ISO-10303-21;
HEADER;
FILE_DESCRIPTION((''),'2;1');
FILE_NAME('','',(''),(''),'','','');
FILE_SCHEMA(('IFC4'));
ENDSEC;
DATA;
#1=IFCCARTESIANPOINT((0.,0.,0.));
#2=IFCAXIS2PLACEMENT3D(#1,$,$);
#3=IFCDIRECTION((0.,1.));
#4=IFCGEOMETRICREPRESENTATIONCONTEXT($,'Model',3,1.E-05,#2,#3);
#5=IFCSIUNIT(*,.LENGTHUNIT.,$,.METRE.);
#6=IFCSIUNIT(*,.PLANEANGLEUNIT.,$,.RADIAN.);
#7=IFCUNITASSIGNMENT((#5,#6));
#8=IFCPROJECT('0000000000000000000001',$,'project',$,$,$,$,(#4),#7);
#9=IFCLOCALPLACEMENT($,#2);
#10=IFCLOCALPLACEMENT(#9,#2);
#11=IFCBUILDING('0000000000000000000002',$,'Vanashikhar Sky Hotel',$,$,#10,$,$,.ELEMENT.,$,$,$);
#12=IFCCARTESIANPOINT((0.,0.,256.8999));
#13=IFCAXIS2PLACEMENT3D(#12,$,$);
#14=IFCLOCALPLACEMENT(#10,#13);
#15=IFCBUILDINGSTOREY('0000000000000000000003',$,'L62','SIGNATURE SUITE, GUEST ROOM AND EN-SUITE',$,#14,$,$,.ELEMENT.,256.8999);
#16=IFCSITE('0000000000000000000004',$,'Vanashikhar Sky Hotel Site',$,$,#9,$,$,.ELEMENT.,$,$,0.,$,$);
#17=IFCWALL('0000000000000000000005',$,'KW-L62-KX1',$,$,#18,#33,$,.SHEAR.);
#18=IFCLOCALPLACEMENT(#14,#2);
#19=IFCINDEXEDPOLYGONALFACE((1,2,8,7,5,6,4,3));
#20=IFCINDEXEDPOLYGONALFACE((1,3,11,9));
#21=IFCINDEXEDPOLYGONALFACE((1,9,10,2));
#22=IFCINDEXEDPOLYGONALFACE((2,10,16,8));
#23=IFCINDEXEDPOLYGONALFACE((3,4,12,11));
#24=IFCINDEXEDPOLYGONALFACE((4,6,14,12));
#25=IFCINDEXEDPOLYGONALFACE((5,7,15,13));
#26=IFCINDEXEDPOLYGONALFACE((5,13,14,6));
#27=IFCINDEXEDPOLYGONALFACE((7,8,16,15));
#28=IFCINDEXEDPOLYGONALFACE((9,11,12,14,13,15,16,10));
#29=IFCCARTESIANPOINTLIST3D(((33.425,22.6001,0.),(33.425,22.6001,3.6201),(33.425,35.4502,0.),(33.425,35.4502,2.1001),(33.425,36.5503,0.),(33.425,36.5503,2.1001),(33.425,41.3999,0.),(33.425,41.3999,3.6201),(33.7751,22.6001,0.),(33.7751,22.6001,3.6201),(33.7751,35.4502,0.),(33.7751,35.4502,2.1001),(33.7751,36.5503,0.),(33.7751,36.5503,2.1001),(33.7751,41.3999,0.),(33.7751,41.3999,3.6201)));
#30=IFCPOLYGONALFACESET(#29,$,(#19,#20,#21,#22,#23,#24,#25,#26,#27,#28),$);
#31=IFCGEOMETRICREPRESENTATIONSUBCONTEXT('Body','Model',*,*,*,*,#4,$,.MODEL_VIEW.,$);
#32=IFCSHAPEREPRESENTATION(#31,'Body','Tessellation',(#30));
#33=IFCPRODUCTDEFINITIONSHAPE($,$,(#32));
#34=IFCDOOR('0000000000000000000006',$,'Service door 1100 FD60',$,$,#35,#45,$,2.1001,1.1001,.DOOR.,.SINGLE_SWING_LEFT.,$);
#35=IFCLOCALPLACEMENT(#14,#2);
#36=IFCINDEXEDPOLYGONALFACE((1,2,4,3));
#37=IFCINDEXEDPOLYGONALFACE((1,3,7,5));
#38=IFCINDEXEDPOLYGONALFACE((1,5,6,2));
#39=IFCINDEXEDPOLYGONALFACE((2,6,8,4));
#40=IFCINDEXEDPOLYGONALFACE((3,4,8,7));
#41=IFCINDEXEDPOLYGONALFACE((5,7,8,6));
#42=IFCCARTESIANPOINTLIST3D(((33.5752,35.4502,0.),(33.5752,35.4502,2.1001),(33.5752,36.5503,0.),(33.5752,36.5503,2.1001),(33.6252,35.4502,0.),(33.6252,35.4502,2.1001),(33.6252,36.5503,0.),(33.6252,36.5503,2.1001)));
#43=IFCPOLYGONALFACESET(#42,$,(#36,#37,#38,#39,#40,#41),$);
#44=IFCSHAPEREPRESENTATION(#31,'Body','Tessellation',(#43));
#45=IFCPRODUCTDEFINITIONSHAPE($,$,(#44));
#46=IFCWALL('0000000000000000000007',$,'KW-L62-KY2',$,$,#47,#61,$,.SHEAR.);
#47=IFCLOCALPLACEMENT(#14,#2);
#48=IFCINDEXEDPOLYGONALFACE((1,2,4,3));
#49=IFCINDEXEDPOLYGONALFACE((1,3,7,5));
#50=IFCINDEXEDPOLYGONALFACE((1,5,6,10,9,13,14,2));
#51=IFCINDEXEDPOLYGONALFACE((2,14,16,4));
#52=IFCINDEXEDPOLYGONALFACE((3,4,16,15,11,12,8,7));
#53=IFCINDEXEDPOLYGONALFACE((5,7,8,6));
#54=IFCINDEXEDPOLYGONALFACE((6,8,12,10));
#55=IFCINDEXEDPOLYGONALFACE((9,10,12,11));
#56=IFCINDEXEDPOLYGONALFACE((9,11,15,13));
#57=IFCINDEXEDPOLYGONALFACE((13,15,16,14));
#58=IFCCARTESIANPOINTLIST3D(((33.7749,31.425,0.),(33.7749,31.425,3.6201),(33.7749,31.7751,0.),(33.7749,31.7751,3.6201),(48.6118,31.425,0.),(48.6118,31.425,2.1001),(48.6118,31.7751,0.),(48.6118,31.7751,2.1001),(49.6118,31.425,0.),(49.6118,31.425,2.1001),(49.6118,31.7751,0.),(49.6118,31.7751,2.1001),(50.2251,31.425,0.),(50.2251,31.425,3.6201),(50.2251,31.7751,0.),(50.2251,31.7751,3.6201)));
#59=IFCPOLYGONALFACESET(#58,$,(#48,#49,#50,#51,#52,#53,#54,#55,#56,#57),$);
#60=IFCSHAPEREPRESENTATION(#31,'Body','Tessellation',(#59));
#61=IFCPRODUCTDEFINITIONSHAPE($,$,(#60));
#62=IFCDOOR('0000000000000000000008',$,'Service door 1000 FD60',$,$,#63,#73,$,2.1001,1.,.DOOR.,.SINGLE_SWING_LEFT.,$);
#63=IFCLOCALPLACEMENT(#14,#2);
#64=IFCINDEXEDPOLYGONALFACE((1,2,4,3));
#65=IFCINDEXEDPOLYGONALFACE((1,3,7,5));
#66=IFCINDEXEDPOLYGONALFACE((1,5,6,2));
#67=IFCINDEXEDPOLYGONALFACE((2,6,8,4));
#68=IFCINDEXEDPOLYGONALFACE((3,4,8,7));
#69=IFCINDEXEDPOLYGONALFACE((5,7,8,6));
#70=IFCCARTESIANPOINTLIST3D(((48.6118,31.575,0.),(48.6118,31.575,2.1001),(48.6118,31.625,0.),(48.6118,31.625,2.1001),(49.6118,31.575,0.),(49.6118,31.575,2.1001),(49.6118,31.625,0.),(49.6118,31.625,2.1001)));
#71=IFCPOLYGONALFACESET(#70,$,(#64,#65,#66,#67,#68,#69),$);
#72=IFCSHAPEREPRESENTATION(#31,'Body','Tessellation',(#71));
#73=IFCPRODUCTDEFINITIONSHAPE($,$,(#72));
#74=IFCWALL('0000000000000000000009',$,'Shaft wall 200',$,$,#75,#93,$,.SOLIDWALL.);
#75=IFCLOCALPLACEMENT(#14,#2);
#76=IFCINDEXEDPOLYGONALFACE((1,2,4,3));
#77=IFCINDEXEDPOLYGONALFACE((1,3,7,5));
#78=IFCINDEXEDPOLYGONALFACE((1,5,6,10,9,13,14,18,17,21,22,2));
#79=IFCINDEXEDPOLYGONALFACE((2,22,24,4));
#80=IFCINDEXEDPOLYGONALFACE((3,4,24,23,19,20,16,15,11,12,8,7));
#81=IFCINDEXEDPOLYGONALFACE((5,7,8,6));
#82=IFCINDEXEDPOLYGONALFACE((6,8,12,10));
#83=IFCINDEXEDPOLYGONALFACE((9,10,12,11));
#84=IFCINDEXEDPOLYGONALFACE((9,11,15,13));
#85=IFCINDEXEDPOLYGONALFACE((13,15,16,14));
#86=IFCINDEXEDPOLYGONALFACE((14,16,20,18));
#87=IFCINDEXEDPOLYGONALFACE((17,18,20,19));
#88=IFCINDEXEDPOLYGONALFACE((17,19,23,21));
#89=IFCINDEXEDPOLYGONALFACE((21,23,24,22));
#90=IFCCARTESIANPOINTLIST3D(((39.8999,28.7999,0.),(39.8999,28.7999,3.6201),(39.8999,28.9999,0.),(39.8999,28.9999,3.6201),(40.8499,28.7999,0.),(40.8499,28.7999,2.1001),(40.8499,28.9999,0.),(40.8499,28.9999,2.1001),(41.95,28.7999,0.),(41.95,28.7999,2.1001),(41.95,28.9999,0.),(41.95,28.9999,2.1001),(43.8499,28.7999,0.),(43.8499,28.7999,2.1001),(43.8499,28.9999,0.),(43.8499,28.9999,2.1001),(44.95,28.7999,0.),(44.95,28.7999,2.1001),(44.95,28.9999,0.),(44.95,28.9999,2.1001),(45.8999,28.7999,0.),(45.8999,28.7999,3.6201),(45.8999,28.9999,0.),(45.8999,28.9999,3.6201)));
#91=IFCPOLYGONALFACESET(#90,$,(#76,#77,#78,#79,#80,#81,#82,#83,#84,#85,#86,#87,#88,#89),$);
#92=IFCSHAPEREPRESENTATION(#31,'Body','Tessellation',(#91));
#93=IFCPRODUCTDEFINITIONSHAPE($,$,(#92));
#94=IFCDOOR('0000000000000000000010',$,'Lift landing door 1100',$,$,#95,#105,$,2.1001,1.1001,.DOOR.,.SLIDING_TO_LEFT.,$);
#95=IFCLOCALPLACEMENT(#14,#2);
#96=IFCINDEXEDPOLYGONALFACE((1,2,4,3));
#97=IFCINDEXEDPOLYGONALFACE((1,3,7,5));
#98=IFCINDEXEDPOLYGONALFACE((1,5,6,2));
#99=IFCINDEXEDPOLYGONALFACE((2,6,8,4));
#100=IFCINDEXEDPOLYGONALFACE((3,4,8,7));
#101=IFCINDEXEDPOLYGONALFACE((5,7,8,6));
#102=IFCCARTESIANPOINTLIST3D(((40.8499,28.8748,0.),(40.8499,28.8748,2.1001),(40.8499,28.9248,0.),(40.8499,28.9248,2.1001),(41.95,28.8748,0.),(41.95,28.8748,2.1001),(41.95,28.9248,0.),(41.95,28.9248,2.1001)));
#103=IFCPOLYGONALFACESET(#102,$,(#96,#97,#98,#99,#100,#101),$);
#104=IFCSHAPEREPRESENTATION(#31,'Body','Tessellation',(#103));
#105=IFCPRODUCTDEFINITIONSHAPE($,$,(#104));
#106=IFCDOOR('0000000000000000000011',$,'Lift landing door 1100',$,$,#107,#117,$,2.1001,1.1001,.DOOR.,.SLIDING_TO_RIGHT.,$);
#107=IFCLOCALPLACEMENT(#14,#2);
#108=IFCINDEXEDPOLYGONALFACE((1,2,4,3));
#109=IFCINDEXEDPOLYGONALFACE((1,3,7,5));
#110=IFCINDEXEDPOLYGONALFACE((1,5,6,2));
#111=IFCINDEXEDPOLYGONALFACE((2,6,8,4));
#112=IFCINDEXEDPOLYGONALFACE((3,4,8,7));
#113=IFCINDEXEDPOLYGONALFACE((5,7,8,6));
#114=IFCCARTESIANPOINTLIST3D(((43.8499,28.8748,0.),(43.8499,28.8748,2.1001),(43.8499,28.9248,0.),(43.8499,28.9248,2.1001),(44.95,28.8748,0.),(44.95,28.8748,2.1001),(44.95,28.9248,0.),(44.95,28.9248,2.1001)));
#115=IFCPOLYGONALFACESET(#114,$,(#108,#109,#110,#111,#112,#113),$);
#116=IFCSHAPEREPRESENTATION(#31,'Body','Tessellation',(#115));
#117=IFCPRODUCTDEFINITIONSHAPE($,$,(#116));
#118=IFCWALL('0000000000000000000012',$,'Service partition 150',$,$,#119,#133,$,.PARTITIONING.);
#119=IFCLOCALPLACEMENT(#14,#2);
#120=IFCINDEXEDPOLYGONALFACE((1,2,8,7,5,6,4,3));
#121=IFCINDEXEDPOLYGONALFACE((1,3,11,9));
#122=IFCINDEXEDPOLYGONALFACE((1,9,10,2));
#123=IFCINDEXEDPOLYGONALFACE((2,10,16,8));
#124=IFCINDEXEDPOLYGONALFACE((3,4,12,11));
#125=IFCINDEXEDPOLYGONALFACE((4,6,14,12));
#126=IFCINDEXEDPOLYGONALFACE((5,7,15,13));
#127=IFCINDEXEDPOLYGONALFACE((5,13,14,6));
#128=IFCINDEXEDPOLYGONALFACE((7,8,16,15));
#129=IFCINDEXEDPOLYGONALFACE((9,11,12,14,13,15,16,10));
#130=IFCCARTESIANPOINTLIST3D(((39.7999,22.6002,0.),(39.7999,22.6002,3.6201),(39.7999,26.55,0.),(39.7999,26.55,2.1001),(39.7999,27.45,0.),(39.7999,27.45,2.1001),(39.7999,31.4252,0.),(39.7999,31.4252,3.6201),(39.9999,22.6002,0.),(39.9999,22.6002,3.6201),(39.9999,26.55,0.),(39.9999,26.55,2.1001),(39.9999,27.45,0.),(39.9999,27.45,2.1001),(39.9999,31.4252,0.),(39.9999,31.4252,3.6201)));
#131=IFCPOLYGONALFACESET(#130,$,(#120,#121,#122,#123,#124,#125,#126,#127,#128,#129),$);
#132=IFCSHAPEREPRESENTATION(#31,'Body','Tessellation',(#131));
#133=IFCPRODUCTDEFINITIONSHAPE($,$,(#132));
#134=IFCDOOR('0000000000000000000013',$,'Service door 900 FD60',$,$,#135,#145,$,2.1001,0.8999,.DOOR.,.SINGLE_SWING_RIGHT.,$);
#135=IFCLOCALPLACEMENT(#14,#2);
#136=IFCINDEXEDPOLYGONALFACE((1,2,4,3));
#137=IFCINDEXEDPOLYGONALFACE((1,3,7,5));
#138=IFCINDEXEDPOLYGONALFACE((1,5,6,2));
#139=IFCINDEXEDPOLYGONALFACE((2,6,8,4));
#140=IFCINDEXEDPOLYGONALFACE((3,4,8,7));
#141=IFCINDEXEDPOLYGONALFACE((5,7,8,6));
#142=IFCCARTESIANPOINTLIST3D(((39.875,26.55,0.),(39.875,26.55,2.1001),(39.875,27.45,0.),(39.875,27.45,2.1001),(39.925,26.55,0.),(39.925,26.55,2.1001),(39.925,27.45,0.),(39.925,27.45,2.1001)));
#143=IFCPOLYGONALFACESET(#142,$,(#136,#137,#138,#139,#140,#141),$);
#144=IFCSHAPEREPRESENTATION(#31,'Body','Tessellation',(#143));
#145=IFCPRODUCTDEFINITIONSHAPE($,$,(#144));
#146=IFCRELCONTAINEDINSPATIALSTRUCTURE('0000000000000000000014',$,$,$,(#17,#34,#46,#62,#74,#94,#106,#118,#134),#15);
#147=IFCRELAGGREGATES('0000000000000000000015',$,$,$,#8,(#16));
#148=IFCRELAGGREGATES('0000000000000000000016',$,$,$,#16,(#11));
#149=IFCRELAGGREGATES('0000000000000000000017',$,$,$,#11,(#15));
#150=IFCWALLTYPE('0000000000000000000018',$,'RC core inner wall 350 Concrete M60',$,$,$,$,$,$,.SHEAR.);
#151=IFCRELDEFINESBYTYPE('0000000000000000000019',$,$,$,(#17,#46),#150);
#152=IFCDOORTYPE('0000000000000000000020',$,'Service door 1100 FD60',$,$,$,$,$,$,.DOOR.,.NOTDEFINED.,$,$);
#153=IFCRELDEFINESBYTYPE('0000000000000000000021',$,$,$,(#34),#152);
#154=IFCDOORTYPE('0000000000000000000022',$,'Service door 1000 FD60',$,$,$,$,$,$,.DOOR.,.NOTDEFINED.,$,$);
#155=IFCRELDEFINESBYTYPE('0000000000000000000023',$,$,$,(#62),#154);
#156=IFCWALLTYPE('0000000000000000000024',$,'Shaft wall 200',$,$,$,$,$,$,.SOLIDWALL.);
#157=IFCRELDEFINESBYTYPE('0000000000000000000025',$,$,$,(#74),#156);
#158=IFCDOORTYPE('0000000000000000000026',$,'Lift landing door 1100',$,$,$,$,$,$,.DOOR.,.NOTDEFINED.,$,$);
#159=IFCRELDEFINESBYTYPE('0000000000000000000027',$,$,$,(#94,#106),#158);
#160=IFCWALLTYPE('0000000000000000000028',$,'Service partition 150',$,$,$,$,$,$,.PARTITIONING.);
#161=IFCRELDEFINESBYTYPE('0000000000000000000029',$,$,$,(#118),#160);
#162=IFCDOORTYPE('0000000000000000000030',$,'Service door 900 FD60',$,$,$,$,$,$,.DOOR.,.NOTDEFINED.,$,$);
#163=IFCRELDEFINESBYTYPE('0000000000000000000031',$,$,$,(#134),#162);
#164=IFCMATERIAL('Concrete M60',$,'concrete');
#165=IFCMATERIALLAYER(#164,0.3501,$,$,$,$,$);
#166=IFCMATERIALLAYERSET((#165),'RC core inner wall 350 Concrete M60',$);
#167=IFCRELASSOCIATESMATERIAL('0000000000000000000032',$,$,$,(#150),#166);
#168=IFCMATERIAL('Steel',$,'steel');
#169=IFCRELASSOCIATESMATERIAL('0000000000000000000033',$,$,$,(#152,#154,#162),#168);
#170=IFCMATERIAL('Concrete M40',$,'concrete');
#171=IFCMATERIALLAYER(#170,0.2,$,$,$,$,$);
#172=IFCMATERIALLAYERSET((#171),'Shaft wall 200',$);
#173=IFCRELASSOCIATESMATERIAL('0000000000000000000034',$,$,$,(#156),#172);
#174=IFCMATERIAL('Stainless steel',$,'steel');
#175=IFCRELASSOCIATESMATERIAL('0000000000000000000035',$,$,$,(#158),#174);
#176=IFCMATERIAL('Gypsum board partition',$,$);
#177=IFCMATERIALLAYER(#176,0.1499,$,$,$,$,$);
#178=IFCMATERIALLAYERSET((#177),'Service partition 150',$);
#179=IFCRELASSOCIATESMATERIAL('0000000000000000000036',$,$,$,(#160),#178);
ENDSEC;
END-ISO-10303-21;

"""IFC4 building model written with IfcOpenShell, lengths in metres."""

from ifc_helpers import new_model, si_unit, direction, frame, frame_2d, origin, place, context, subcontext, project, spatial, rectangle, extrude, source, transform, mapped, material, layer, layer_set, type_object, element, fill, save


model = new_model("IFC4")

# Units and contexts
model_context = context("Model", 3, precision=1e-05, world=origin(), true_north=direction((0.0, 1.0)))
body_context = subcontext(model_context, "Body", "Model", "MODEL_VIEW")
ifc_project = project(units=[si_unit("LENGTHUNIT", "METRE"), si_unit("PLANEANGLEUNIT", "RADIAN")], contexts=[model_context])

# Site, building, storey
site_placement = place(None, origin())
site = spatial("IfcSite", under=ifc_project, at=site_placement, Name="Vanashikhar Sky Hotel Site", CompositionType="ELEMENT", RefElevation=0.0)
building_placement = place(site_placement, origin())
building = spatial("IfcBuilding", under=site, at=building_placement, Name="Vanashikhar Sky Hotel", CompositionType="ELEMENT")
storey_placement = place(building_placement, frame((0.0, 0.0, 256.8999)))
storey = spatial("IfcBuildingStorey", under=building, at=storey_placement, Name="L62", Description="SIGNATURE SUITE, GUEST ROOM AND EN-SUITE", CompositionType="ELEMENT", Elevation=256.8999)

# Walls, openings, doors
ifc_material_1 = material(Name="Concrete M60", Category="concrete")
ifc_layer_1 = layer(ifc_material_1, 0.3501)
ifc_layer_set_1 = layer_set([ifc_layer_1], Name="RC core inner wall 350 Concrete M60")
wall_type_1 = type_object("IfcWallType", Name="RC core inner wall 350 Concrete M60", PredefinedType="SHEAR", material=ifc_layer_set_1)
shared_shape_1 = source(origin(), body_context, "Body", "SweptSolid", [
    extrude(rectangle(XDim=18.7998, YDim=0.3501, at=frame_2d((9.3999, 0.0))), origin(), (0.0, 0.0, 1.0), 3.6201),
])
wall_1_placement = place(storey_placement, frame((33.6001, 22.6001, 0.0), z_axis=(0.0, 0.0, 1.0), x_axis=(0.0, 1.0, 0.0)))
wall_1 = element("IfcWall", 1, at=wall_1_placement, inside=storey, type_object=wall_type_1, Name="KW-L62-KX1", PredefinedType="SHEAR", context=body_context, shape_type="MappedRepresentation", body=[
    mapped(shared_shape_1, transform((0.0, 0.0, 0.0), scale=1.0)),
])
shared_shape_2 = source(origin(), body_context, "Body", "SweptSolid", [
    extrude(rectangle(XDim=1.1001, YDim=2.1001, at=frame_2d((0.55, 1.05))), frame((0.0, 0.1851, 0.0), z_axis=(0.0, -1.0, 0.0), x_axis=(1.0, 0.0, 0.0)), (0.0, 0.0, 1.0), 0.3701),
])
opening_1_placement = place(wall_1_placement, frame((12.8501, 0.0, 0.0)))
opening_1 = element("IfcOpeningElement", 2, at=opening_1_placement, cuts=wall_1, PredefinedType="OPENING", context=body_context, shape_type="MappedRepresentation", body=[
    mapped(shared_shape_2, transform((0.0, 0.0, 0.0), scale=1.0)),
])
ifc_material_2 = material(Name="Steel", Category="steel")
door_type_1 = type_object("IfcDoorType", Name="Service door 1100 FD60", OperationType="NOTDEFINED", PredefinedType="DOOR", material=ifc_material_2)
shared_shape_3 = source(origin(), body_context, "Body", "SweptSolid", [
    extrude(rectangle(XDim=1.1001, YDim=2.1001, at=frame_2d((0.55, 1.05))), frame((0.0, 0.0249, 0.0), z_axis=(0.0, -1.0, 0.0), x_axis=(1.0, 0.0, 0.0)), (0.0, 0.0, 1.0), 0.05),
])
door_1_placement = place(opening_1_placement, origin())
door_1 = element("IfcDoor", 3, at=door_1_placement, inside=storey, type_object=door_type_1, Name="Service door 1100 FD60", OperationType="SINGLE_SWING_LEFT", OverallHeight=2.1001, OverallWidth=1.1001, PredefinedType="DOOR", context=body_context, shape_type="MappedRepresentation", body=[
    mapped(shared_shape_3, transform((0.0, 0.0, 0.0), scale=1.0)),
])
fill(opening_1, door_1)
shared_shape_4 = source(origin(), body_context, "Body", "SweptSolid", [
    extrude(rectangle(XDim=16.4502, YDim=0.3501, at=frame_2d((8.2251, 0.0))), origin(), (0.0, 0.0, 1.0), 3.6201),
])
wall_2_placement = place(storey_placement, frame((33.7749, 31.6001, 0.0), z_axis=(0.0, 0.0, 1.0), x_axis=(1.0, 0.0, 0.0)))
wall_2 = element("IfcWall", 4, at=wall_2_placement, inside=storey, type_object=wall_type_1, Name="KW-L62-KY2", PredefinedType="SHEAR", context=body_context, shape_type="MappedRepresentation", body=[
    mapped(shared_shape_4, transform((0.0, 0.0, 0.0), scale=1.0)),
])
shared_shape_5 = source(origin(), body_context, "Body", "SweptSolid", [
    extrude(rectangle(XDim=1.0, YDim=2.1001, at=frame_2d((0.5, 1.05))), frame((0.0, 0.1851, 0.0), z_axis=(0.0, -1.0, 0.0), x_axis=(1.0, 0.0, 0.0)), (0.0, 0.0, 1.0), 0.3701),
])
opening_2_placement = place(wall_2_placement, frame((14.8369, 0.0, 0.0)))
opening_2 = element("IfcOpeningElement", 5, at=opening_2_placement, cuts=wall_2, PredefinedType="OPENING", context=body_context, shape_type="MappedRepresentation", body=[
    mapped(shared_shape_5, transform((0.0, 0.0, 0.0), scale=1.0)),
])
door_type_2 = type_object("IfcDoorType", Name="Service door 1000 FD60", OperationType="NOTDEFINED", PredefinedType="DOOR", material=ifc_material_2)
shared_shape_6 = source(origin(), body_context, "Body", "SweptSolid", [
    extrude(rectangle(XDim=1.0, YDim=2.1001, at=frame_2d((0.5, 1.05))), frame((0.0, 0.0249, 0.0), z_axis=(0.0, -1.0, 0.0), x_axis=(1.0, 0.0, 0.0)), (0.0, 0.0, 1.0), 0.05),
])
door_2_placement = place(opening_2_placement, origin())
door_2 = element("IfcDoor", 6, at=door_2_placement, inside=storey, type_object=door_type_2, Name="Service door 1000 FD60", OperationType="SINGLE_SWING_LEFT", OverallHeight=2.1001, OverallWidth=1.0, PredefinedType="DOOR", context=body_context, shape_type="MappedRepresentation", body=[
    mapped(shared_shape_6, transform((0.0, 0.0, 0.0), scale=1.0)),
])
fill(opening_2, door_2)

# Wall, openings, doors
ifc_material_3 = material(Name="Concrete M40", Category="concrete")
ifc_layer_2 = layer(ifc_material_3, 0.2)
ifc_layer_set_2 = layer_set([ifc_layer_2], Name="Shaft wall 200")
wall_type_2 = type_object("IfcWallType", Name="Shaft wall 200", PredefinedType="SOLIDWALL", material=ifc_layer_set_2)
shared_shape_7 = source(origin(), body_context, "Body", "SweptSolid", [
    extrude(rectangle(XDim=6.0, YDim=0.2, at=frame_2d((3.0, 0.0))), origin(), (0.0, 0.0, 1.0), 3.6201),
])
wall_3_placement = place(storey_placement, frame((39.8999, 28.8999, 0.0), z_axis=(0.0, 0.0, 1.0), x_axis=(1.0, 0.0, 0.0)))
wall_3 = element("IfcWall", 7, at=wall_3_placement, inside=storey, type_object=wall_type_2, Name="Shaft wall 200", PredefinedType="SOLIDWALL", context=body_context, shape_type="MappedRepresentation", body=[
    mapped(shared_shape_7, transform((0.0, 0.0, 0.0), scale=1.0)),
])
shared_shape_8 = source(origin(), body_context, "Body", "SweptSolid", [
    extrude(rectangle(XDim=1.1001, YDim=2.1001, at=frame_2d((0.55, 1.05))), frame((0.0, 0.1099, 0.0), z_axis=(0.0, -1.0, 0.0), x_axis=(1.0, 0.0, 0.0)), (0.0, 0.0, 1.0), 0.22),
])
opening_3_placement = place(wall_3_placement, frame((0.95, 0.0, 0.0)))
opening_3 = element("IfcOpeningElement", 8, at=opening_3_placement, cuts=wall_3, PredefinedType="OPENING", context=body_context, shape_type="MappedRepresentation", body=[
    mapped(shared_shape_8, transform((0.0, 0.0, 0.0), scale=1.0)),
])
opening_4_placement = place(wall_3_placement, frame((3.95, 0.0, 0.0)))
opening_4 = element("IfcOpeningElement", 9, at=opening_4_placement, cuts=wall_3, PredefinedType="OPENING", context=body_context, shape_type="MappedRepresentation", body=[
    mapped(shared_shape_8, transform((0.0, 0.0, 0.0), scale=1.0)),
])
ifc_material_4 = material(Name="Stainless steel", Category="steel")
door_type_3 = type_object("IfcDoorType", Name="Lift landing door 1100", OperationType="NOTDEFINED", PredefinedType="DOOR", material=ifc_material_4)
door_3_placement = place(opening_3_placement, origin())
door_3 = element("IfcDoor", 10, at=door_3_placement, inside=storey, type_object=door_type_3, Name="Lift landing door 1100", OperationType="SLIDING_TO_LEFT", OverallHeight=2.1001, OverallWidth=1.1001, PredefinedType="DOOR", context=body_context, shape_type="MappedRepresentation", body=[
    mapped(shared_shape_3, transform((0.0, 0.0, 0.0), scale=1.0)),
])
fill(opening_3, door_3)
door_4_placement = place(opening_4_placement, origin())
door_4 = element("IfcDoor", 11, at=door_4_placement, inside=storey, type_object=door_type_3, Name="Lift landing door 1100", OperationType="SLIDING_TO_RIGHT", OverallHeight=2.1001, OverallWidth=1.1001, PredefinedType="DOOR", context=body_context, shape_type="MappedRepresentation", body=[
    mapped(shared_shape_3, transform((0.0, 0.0, 0.0), scale=1.0)),
])
fill(opening_4, door_4)

# Wall, opening, door
ifc_material_5 = material(Name="Gypsum board partition")
ifc_layer_3 = layer(ifc_material_5, 0.1499)
ifc_layer_set_3 = layer_set([ifc_layer_3], Name="Service partition 150")
wall_type_3 = type_object("IfcWallType", Name="Service partition 150", PredefinedType="PARTITIONING", material=ifc_layer_set_3)
shared_shape_9 = source(origin(), body_context, "Body", "SweptSolid", [
    extrude(rectangle(XDim=8.825, YDim=0.2, at=frame_2d((4.4126, 0.0))), origin(), (0.0, 0.0, 1.0), 3.6201),
])
wall_4_placement = place(storey_placement, frame((39.8999, 22.6001, 0.0), z_axis=(0.0, 0.0, 1.0), x_axis=(0.0, 1.0, 0.0)))
wall_4 = element("IfcWall", 12, at=wall_4_placement, inside=storey, type_object=wall_type_3, Name="Service partition 150", PredefinedType="PARTITIONING", context=body_context, shape_type="MappedRepresentation", body=[
    mapped(shared_shape_9, transform((0.0, 0.0, 0.0), scale=1.0)),
])
shared_shape_10 = source(origin(), body_context, "Body", "SweptSolid", [
    extrude(rectangle(XDim=0.8999, YDim=2.1001, at=frame_2d((0.45, 1.05))), frame((0.0, 0.1099, 0.0), z_axis=(0.0, -1.0, 0.0), x_axis=(1.0, 0.0, 0.0)), (0.0, 0.0, 1.0), 0.22),
])
opening_5_placement = place(wall_4_placement, frame((3.95, 0.0, 0.0)))
opening_5 = element("IfcOpeningElement", 13, at=opening_5_placement, cuts=wall_4, PredefinedType="OPENING", context=body_context, shape_type="MappedRepresentation", body=[
    mapped(shared_shape_10, transform((0.0, 0.0, 0.0), scale=1.0)),
])
door_type_4 = type_object("IfcDoorType", Name="Service door 900 FD60", OperationType="NOTDEFINED", PredefinedType="DOOR", material=ifc_material_2)
shared_shape_11 = source(origin(), body_context, "Body", "SweptSolid", [
    extrude(rectangle(XDim=0.8999, YDim=2.1001, at=frame_2d((0.45, 1.05))), frame((0.0, 0.0249, 0.0), z_axis=(0.0, -1.0, 0.0), x_axis=(1.0, 0.0, 0.0)), (0.0, 0.0, 1.0), 0.05),
])
door_5_placement = place(opening_5_placement, origin())
door_5 = element("IfcDoor", 14, at=door_5_placement, inside=storey, type_object=door_type_4, Name="Service door 900 FD60", OperationType="SINGLE_SWING_RIGHT", OverallHeight=2.1001, OverallWidth=0.8999, PredefinedType="DOOR", context=body_context, shape_type="MappedRepresentation", body=[
    mapped(shared_shape_11, transform((0.0, 0.0, 0.0), scale=1.0)),
])
fill(opening_5, door_5)

save(model, "model.ifc")
